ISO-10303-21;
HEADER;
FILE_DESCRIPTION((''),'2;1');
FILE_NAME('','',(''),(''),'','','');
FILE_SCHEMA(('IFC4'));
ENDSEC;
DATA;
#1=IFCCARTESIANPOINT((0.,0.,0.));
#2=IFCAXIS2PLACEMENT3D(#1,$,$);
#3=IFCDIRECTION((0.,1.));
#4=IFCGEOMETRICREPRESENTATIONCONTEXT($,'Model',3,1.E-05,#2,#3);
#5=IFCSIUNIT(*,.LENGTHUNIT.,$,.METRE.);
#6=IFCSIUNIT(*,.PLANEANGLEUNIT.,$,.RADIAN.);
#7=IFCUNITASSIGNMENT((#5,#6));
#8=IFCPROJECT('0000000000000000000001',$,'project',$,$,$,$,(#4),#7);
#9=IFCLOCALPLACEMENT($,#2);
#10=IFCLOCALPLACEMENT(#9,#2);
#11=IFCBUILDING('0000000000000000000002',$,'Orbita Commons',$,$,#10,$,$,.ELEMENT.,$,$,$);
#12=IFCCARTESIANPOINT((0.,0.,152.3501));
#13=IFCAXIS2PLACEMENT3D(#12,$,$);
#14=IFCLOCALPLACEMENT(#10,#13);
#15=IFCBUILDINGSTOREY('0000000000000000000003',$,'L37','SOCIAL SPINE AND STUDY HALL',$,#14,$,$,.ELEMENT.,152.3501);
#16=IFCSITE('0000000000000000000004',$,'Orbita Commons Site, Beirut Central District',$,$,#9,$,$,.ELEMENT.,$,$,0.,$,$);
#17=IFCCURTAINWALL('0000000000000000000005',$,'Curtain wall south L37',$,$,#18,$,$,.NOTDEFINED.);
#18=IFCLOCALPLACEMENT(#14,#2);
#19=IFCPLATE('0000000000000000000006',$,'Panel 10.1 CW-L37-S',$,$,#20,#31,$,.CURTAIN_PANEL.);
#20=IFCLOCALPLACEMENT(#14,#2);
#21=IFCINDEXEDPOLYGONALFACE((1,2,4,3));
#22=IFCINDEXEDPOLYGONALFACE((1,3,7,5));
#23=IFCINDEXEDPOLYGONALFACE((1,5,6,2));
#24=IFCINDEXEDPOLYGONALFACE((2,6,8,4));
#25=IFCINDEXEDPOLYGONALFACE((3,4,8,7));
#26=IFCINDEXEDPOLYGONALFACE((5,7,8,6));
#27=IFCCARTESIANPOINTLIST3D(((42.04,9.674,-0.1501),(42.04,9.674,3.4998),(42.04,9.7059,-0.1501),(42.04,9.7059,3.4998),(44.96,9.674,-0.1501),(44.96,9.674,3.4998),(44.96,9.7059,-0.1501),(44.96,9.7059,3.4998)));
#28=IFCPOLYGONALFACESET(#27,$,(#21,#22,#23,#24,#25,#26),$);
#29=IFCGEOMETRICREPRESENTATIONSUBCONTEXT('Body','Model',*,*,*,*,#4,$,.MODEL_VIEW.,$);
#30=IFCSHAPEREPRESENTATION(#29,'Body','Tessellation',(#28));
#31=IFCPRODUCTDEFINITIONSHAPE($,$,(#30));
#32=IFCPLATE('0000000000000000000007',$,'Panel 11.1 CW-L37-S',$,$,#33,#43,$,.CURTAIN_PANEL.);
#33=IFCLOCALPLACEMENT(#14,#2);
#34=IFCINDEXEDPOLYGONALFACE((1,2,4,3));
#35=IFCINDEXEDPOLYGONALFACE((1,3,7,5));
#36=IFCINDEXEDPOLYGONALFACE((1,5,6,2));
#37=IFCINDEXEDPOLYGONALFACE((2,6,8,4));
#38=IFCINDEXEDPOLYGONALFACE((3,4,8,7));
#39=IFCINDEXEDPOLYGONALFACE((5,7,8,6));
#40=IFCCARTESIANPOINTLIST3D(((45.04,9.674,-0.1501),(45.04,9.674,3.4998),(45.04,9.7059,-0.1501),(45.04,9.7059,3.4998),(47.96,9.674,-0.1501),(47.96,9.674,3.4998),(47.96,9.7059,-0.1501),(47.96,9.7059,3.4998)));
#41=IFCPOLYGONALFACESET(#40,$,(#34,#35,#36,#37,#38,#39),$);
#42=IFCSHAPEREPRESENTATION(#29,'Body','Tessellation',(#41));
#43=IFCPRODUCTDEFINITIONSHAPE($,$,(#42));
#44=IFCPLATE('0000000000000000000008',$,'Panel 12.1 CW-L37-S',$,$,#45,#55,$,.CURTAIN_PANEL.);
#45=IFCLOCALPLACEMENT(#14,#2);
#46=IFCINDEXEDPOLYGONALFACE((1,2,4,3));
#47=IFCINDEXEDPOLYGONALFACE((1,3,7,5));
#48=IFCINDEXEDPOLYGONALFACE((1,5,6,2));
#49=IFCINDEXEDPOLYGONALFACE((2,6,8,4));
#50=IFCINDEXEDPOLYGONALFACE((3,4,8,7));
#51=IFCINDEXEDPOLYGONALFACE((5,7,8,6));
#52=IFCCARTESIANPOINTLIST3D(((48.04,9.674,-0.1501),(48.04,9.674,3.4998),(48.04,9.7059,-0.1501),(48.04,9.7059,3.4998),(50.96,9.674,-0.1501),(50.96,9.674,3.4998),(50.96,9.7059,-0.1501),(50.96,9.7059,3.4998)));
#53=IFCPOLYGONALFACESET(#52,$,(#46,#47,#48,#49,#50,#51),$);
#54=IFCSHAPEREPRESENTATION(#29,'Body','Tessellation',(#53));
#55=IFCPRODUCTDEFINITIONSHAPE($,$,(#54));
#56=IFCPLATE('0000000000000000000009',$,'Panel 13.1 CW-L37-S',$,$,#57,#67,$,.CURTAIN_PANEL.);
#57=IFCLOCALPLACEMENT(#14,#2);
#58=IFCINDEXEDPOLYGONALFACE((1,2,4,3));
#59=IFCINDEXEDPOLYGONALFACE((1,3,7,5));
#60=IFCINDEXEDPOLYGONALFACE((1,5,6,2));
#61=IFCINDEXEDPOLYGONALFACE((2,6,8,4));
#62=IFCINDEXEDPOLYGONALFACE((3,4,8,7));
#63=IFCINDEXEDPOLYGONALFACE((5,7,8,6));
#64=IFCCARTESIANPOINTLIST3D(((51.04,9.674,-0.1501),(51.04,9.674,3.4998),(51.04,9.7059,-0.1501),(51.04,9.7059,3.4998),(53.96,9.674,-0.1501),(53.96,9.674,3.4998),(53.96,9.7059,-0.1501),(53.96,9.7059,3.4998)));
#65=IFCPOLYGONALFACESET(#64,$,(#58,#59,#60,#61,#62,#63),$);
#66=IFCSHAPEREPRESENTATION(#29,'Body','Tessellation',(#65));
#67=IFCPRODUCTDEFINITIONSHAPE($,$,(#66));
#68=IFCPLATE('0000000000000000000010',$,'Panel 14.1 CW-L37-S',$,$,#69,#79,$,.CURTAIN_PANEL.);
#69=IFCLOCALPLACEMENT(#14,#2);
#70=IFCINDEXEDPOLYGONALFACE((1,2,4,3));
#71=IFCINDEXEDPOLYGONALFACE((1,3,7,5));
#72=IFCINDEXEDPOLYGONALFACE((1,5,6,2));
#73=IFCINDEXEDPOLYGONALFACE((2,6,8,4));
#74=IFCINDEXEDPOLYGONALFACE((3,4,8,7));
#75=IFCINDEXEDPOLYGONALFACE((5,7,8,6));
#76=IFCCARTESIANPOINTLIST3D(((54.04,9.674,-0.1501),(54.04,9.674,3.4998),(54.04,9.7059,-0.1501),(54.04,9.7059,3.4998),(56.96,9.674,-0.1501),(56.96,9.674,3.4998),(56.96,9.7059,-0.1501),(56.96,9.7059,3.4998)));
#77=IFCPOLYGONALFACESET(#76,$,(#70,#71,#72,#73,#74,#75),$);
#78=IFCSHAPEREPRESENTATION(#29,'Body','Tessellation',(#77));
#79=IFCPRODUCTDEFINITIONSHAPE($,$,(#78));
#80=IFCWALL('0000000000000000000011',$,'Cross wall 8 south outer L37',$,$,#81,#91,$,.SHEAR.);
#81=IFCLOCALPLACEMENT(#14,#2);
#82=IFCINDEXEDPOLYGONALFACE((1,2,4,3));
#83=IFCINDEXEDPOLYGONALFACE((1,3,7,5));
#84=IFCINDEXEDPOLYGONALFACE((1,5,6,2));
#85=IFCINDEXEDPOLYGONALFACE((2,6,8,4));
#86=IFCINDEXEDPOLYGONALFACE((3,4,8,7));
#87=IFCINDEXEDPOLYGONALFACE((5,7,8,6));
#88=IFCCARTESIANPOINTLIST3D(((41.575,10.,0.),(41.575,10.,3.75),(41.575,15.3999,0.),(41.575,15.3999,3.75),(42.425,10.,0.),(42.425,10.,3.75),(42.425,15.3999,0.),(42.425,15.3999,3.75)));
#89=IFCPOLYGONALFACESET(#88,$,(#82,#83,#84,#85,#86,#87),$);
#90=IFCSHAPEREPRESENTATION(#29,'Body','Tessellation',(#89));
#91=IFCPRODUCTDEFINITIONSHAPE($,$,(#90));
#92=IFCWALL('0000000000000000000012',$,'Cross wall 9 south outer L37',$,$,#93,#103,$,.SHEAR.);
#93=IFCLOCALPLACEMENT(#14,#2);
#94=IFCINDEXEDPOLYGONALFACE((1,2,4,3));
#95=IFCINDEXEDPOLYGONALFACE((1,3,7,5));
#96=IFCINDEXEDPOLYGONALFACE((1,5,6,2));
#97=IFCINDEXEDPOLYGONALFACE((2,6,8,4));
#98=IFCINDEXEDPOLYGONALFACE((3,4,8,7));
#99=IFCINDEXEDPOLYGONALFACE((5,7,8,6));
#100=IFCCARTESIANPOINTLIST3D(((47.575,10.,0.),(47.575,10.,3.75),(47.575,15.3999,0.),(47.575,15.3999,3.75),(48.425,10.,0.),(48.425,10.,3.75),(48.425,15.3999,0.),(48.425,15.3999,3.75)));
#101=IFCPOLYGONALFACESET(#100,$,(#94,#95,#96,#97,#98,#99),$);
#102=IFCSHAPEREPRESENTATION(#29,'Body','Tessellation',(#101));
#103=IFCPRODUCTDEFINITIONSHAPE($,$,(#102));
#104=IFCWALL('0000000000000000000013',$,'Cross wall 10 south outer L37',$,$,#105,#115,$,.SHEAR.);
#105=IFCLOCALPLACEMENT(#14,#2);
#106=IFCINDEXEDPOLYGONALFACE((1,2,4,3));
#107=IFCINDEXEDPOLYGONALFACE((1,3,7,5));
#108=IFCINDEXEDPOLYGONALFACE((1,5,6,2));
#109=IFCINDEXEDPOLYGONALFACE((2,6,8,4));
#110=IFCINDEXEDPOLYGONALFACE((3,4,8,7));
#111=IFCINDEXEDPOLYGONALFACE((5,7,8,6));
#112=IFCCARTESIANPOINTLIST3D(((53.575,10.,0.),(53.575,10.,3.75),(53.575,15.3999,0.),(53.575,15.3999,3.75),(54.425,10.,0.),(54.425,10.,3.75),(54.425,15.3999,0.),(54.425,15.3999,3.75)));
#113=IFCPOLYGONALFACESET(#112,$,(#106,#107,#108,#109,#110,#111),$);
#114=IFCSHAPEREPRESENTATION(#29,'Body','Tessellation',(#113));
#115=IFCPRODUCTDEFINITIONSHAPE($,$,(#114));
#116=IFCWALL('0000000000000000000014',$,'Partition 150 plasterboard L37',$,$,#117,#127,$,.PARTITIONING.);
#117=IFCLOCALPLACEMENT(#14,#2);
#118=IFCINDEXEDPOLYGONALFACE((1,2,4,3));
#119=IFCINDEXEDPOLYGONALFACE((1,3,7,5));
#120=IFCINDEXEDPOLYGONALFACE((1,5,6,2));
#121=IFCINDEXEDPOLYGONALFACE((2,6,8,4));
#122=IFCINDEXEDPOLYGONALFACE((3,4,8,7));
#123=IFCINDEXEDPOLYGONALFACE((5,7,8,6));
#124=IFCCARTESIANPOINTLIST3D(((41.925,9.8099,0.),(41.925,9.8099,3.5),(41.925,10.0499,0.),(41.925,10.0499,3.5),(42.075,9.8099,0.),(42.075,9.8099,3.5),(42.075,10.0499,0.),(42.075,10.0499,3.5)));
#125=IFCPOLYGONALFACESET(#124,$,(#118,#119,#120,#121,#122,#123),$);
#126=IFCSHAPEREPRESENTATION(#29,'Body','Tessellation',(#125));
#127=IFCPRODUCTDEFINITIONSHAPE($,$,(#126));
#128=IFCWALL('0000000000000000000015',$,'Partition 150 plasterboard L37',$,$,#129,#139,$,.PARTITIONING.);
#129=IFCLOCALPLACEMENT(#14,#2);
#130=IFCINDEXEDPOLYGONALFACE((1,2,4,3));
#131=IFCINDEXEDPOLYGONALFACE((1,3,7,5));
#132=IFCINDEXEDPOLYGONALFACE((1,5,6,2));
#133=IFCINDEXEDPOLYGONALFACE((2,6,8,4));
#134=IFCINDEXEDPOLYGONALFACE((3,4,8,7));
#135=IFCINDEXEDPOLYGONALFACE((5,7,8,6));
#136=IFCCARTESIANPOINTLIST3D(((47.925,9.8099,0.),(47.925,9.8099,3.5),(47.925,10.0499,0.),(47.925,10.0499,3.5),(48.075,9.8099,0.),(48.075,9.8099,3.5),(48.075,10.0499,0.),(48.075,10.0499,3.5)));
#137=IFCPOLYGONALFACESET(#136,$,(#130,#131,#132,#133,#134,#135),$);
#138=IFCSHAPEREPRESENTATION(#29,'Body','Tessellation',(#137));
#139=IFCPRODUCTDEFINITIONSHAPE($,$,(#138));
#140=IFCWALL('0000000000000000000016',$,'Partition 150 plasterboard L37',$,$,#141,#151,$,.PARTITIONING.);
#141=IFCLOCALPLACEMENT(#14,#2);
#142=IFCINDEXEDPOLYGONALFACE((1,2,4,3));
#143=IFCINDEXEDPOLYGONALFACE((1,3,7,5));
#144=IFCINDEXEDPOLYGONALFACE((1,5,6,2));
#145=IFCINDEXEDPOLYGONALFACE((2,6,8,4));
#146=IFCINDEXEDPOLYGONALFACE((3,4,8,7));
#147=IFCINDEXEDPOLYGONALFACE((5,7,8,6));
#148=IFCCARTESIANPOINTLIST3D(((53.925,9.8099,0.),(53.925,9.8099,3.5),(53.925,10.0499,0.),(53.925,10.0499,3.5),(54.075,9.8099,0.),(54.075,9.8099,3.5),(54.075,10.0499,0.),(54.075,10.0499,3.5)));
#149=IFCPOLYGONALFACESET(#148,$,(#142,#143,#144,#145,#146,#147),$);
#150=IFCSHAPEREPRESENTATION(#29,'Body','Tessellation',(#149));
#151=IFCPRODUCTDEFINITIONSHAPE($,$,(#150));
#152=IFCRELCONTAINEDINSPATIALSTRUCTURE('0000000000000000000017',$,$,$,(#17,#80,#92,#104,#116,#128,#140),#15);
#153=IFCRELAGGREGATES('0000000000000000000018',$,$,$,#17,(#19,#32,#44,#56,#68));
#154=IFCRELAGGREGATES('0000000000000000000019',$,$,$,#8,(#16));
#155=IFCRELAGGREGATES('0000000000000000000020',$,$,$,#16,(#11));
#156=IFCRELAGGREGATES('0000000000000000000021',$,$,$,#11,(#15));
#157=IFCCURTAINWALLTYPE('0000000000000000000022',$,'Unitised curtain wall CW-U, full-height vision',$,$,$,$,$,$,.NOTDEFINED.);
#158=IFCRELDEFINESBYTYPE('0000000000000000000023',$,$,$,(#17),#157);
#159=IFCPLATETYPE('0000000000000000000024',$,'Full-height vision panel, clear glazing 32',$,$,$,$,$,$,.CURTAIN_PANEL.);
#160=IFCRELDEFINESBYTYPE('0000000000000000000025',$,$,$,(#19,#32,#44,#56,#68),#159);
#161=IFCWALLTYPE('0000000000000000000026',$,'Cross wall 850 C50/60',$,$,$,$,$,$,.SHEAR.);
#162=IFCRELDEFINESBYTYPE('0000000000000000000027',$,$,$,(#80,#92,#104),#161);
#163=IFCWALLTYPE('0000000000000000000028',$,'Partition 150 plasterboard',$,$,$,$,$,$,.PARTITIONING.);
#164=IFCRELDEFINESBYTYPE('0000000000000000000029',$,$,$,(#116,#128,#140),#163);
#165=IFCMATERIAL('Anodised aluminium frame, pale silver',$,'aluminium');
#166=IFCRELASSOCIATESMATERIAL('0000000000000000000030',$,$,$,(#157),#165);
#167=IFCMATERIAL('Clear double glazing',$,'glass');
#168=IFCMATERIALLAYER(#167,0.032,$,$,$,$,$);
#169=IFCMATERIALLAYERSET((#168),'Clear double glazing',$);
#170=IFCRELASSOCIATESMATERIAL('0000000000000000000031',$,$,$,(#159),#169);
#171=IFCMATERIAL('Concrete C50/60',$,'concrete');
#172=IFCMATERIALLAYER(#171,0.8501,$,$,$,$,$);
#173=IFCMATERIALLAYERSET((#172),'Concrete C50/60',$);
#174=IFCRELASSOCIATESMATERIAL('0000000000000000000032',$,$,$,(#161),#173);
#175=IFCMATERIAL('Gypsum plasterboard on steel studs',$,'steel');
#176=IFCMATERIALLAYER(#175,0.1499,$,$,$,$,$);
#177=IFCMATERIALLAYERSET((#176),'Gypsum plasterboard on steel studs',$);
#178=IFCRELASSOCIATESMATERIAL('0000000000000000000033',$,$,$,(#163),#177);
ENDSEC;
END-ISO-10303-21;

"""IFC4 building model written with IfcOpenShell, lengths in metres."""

from ifc_helpers import new_model, si_unit, direction, frame, frame_2d, origin, origin_2d, place, context, subcontext, project, spatial, rectangle, extrude, material, layer, layer_set, type_object, element, aggregate, save


model = new_model("IFC4")

# Units and contexts
model_context = context("Model", 3, precision=1e-05, world=origin(), true_north=direction((0.0, 1.0)))
body_context = subcontext(model_context, "Body", "Model", "MODEL_VIEW")
ifc_project = project(units=[si_unit("LENGTHUNIT", "METRE"), si_unit("PLANEANGLEUNIT", "RADIAN")], contexts=[model_context])

# Site, building, storey
site_placement = place(None, origin())
site = spatial("IfcSite", under=ifc_project, at=site_placement, Name="Orbita Commons Site, Beirut Central District", CompositionType="ELEMENT", RefElevation=0.0)
building_placement = place(site_placement, origin())
building = spatial("IfcBuilding", under=site, at=building_placement, Name="Orbita Commons", CompositionType="ELEMENT")
storey_placement = place(building_placement, frame((0.0, 0.0, 152.3501)))
storey = spatial("IfcBuildingStorey", under=building, at=storey_placement, Name="L37", Description="SOCIAL SPINE AND STUDY HALL", CompositionType="ELEMENT", Elevation=152.3501)

# Curtain wall
ifc_material_1 = material(Name="Anodised aluminium frame, pale silver", Category="aluminium")
curtain_wall_type = type_object("IfcCurtainWallType", Name="Unitised curtain wall CW-U, full-height vision", PredefinedType="NOTDEFINED", material=ifc_material_1)
curtain_wall_placement = place(storey_placement, origin())
curtain_wall = element("IfcCurtainWall", 1, at=curtain_wall_placement, inside=storey, type_object=curtain_wall_type, Name="Curtain wall south L37", PredefinedType="NOTDEFINED")

# Plates
ifc_material_2 = material(Name="Clear double glazing", Category="glass")
ifc_layer_1 = layer(ifc_material_2, 0.032)
ifc_layer_set_1 = layer_set([ifc_layer_1], Name="Clear double glazing")
plate_type = type_object("IfcPlateType", Name="Full-height vision panel, clear glazing 32", PredefinedType="CURTAIN_PANEL", material=ifc_layer_set_1)
plate_1_placement = place(storey_placement, frame((43.5, 9.6899, -0.1501), z_axis=(0.0, 0.0, 1.0), x_axis=(1.0, 0.0, 0.0)))
plate_1 = element("IfcPlate", 2, at=plate_1_placement, type_object=plate_type, Name="Panel 10.1 CW-L37-S", PredefinedType="CURTAIN_PANEL", context=body_context, shape_type="SweptSolid", body=[
    extrude(rectangle(XDim=2.9199, YDim=0.032, at=origin_2d()), origin(), (0.0, 0.0, 1.0), 3.6499),
])
plate_2_placement = place(storey_placement, frame((46.5, 9.6899, -0.1501), z_axis=(0.0, 0.0, 1.0), x_axis=(1.0, 0.0, 0.0)))
plate_2 = element("IfcPlate", 3, at=plate_2_placement, type_object=plate_type, Name="Panel 11.1 CW-L37-S", PredefinedType="CURTAIN_PANEL", context=body_context, shape_type="SweptSolid", body=[
    extrude(rectangle(XDim=2.9199, YDim=0.032, at=origin_2d()), origin(), (0.0, 0.0, 1.0), 3.6499),
])
plate_3_placement = place(storey_placement, frame((49.5, 9.6899, -0.1501), z_axis=(0.0, 0.0, 1.0), x_axis=(1.0, 0.0, 0.0)))
plate_3 = element("IfcPlate", 4, at=plate_3_placement, type_object=plate_type, Name="Panel 12.1 CW-L37-S", PredefinedType="CURTAIN_PANEL", context=body_context, shape_type="SweptSolid", body=[
    extrude(rectangle(XDim=2.9199, YDim=0.032, at=origin_2d()), origin(), (0.0, 0.0, 1.0), 3.6499),
])
plate_4_placement = place(storey_placement, frame((52.5, 9.6899, -0.1501), z_axis=(0.0, 0.0, 1.0), x_axis=(1.0, 0.0, 0.0)))
plate_4 = element("IfcPlate", 5, at=plate_4_placement, type_object=plate_type, Name="Panel 13.1 CW-L37-S", PredefinedType="CURTAIN_PANEL", context=body_context, shape_type="SweptSolid", body=[
    extrude(rectangle(XDim=2.9199, YDim=0.032, at=origin_2d()), origin(), (0.0, 0.0, 1.0), 3.6499),
])
plate_5_placement = place(storey_placement, frame((55.5, 9.6899, -0.1501), z_axis=(0.0, 0.0, 1.0), x_axis=(1.0, 0.0, 0.0)))
plate_5 = element("IfcPlate", 6, at=plate_5_placement, type_object=plate_type, Name="Panel 14.1 CW-L37-S", PredefinedType="CURTAIN_PANEL", context=body_context, shape_type="SweptSolid", body=[
    extrude(rectangle(XDim=2.9199, YDim=0.032, at=origin_2d()), origin(), (0.0, 0.0, 1.0), 3.6499),
])
aggregate(curtain_wall, [plate_1, plate_2, plate_3, plate_4, plate_5])

# Walls
ifc_material_3 = material(Name="Concrete C50/60", Category="concrete")
ifc_layer_2 = layer(ifc_material_3, 0.8501)
ifc_layer_set_2 = layer_set([ifc_layer_2], Name="Concrete C50/60")
wall_type_1 = type_object("IfcWallType", Name="Cross wall 850 C50/60", PredefinedType="SHEAR", material=ifc_layer_set_2)
for number, where, z_axis, x_axis, name in (
    (7, (42.0, 10.0, 0.0), (0.0, 0.0, 1.0), (0.0, 1.0, 0.0), "Cross wall 8 south outer L37"),
    (8, (48.0, 10.0, 0.0), (0.0, 0.0, 1.0), (0.0, 1.0, 0.0), "Cross wall 9 south outer L37"),
    (9, (54.0, 10.0, 0.0), (0.0, 0.0, 1.0), (0.0, 1.0, 0.0), "Cross wall 10 south outer L37"),
):
    element("IfcWall", number, at=place(storey_placement, frame(where, z_axis=z_axis, x_axis=x_axis)), inside=storey, type_object=wall_type_1, Name=name, PredefinedType="SHEAR", context=body_context, shape_type="SweptSolid", body=[
        extrude(rectangle(XDim=5.3999, YDim=0.8501, at=frame_2d((2.7, 0.0))), origin(), (0.0, 0.0, 1.0), 3.75),
    ])
ifc_material_4 = material(Name="Gypsum plasterboard on steel studs", Category="steel")
ifc_layer_3 = layer(ifc_material_4, 0.1499)
ifc_layer_set_3 = layer_set([ifc_layer_3], Name="Gypsum plasterboard on steel studs")
wall_type_2 = type_object("IfcWallType", Name="Partition 150 plasterboard", PredefinedType="PARTITIONING", material=ifc_layer_set_3)
for number, where, z_axis, x_axis, name in (
    (10, (42.0, 10.05, 0.0), (0.0, 0.0, 1.0), (0.0, -1.0, 0.0), "Partition 150 plasterboard L37"),
    (11, (48.0, 10.05, 0.0), (0.0, 0.0, 1.0), (0.0, -1.0, 0.0), "Partition 150 plasterboard L37"),
    (12, (54.0, 10.05, 0.0), (0.0, 0.0, 1.0), (0.0, -1.0, 0.0), "Partition 150 plasterboard L37"),
):
    element("IfcWall", number, at=place(storey_placement, frame(where, z_axis=z_axis, x_axis=x_axis)), inside=storey, type_object=wall_type_2, Name=name, PredefinedType="PARTITIONING", context=body_context, shape_type="SweptSolid", body=[
        extrude(rectangle(XDim=0.24, YDim=0.1499, at=frame_2d((0.1201, 0.0))), origin(), (0.0, 0.0, 1.0), 3.5),
    ])

save(model, "model.ifc")
